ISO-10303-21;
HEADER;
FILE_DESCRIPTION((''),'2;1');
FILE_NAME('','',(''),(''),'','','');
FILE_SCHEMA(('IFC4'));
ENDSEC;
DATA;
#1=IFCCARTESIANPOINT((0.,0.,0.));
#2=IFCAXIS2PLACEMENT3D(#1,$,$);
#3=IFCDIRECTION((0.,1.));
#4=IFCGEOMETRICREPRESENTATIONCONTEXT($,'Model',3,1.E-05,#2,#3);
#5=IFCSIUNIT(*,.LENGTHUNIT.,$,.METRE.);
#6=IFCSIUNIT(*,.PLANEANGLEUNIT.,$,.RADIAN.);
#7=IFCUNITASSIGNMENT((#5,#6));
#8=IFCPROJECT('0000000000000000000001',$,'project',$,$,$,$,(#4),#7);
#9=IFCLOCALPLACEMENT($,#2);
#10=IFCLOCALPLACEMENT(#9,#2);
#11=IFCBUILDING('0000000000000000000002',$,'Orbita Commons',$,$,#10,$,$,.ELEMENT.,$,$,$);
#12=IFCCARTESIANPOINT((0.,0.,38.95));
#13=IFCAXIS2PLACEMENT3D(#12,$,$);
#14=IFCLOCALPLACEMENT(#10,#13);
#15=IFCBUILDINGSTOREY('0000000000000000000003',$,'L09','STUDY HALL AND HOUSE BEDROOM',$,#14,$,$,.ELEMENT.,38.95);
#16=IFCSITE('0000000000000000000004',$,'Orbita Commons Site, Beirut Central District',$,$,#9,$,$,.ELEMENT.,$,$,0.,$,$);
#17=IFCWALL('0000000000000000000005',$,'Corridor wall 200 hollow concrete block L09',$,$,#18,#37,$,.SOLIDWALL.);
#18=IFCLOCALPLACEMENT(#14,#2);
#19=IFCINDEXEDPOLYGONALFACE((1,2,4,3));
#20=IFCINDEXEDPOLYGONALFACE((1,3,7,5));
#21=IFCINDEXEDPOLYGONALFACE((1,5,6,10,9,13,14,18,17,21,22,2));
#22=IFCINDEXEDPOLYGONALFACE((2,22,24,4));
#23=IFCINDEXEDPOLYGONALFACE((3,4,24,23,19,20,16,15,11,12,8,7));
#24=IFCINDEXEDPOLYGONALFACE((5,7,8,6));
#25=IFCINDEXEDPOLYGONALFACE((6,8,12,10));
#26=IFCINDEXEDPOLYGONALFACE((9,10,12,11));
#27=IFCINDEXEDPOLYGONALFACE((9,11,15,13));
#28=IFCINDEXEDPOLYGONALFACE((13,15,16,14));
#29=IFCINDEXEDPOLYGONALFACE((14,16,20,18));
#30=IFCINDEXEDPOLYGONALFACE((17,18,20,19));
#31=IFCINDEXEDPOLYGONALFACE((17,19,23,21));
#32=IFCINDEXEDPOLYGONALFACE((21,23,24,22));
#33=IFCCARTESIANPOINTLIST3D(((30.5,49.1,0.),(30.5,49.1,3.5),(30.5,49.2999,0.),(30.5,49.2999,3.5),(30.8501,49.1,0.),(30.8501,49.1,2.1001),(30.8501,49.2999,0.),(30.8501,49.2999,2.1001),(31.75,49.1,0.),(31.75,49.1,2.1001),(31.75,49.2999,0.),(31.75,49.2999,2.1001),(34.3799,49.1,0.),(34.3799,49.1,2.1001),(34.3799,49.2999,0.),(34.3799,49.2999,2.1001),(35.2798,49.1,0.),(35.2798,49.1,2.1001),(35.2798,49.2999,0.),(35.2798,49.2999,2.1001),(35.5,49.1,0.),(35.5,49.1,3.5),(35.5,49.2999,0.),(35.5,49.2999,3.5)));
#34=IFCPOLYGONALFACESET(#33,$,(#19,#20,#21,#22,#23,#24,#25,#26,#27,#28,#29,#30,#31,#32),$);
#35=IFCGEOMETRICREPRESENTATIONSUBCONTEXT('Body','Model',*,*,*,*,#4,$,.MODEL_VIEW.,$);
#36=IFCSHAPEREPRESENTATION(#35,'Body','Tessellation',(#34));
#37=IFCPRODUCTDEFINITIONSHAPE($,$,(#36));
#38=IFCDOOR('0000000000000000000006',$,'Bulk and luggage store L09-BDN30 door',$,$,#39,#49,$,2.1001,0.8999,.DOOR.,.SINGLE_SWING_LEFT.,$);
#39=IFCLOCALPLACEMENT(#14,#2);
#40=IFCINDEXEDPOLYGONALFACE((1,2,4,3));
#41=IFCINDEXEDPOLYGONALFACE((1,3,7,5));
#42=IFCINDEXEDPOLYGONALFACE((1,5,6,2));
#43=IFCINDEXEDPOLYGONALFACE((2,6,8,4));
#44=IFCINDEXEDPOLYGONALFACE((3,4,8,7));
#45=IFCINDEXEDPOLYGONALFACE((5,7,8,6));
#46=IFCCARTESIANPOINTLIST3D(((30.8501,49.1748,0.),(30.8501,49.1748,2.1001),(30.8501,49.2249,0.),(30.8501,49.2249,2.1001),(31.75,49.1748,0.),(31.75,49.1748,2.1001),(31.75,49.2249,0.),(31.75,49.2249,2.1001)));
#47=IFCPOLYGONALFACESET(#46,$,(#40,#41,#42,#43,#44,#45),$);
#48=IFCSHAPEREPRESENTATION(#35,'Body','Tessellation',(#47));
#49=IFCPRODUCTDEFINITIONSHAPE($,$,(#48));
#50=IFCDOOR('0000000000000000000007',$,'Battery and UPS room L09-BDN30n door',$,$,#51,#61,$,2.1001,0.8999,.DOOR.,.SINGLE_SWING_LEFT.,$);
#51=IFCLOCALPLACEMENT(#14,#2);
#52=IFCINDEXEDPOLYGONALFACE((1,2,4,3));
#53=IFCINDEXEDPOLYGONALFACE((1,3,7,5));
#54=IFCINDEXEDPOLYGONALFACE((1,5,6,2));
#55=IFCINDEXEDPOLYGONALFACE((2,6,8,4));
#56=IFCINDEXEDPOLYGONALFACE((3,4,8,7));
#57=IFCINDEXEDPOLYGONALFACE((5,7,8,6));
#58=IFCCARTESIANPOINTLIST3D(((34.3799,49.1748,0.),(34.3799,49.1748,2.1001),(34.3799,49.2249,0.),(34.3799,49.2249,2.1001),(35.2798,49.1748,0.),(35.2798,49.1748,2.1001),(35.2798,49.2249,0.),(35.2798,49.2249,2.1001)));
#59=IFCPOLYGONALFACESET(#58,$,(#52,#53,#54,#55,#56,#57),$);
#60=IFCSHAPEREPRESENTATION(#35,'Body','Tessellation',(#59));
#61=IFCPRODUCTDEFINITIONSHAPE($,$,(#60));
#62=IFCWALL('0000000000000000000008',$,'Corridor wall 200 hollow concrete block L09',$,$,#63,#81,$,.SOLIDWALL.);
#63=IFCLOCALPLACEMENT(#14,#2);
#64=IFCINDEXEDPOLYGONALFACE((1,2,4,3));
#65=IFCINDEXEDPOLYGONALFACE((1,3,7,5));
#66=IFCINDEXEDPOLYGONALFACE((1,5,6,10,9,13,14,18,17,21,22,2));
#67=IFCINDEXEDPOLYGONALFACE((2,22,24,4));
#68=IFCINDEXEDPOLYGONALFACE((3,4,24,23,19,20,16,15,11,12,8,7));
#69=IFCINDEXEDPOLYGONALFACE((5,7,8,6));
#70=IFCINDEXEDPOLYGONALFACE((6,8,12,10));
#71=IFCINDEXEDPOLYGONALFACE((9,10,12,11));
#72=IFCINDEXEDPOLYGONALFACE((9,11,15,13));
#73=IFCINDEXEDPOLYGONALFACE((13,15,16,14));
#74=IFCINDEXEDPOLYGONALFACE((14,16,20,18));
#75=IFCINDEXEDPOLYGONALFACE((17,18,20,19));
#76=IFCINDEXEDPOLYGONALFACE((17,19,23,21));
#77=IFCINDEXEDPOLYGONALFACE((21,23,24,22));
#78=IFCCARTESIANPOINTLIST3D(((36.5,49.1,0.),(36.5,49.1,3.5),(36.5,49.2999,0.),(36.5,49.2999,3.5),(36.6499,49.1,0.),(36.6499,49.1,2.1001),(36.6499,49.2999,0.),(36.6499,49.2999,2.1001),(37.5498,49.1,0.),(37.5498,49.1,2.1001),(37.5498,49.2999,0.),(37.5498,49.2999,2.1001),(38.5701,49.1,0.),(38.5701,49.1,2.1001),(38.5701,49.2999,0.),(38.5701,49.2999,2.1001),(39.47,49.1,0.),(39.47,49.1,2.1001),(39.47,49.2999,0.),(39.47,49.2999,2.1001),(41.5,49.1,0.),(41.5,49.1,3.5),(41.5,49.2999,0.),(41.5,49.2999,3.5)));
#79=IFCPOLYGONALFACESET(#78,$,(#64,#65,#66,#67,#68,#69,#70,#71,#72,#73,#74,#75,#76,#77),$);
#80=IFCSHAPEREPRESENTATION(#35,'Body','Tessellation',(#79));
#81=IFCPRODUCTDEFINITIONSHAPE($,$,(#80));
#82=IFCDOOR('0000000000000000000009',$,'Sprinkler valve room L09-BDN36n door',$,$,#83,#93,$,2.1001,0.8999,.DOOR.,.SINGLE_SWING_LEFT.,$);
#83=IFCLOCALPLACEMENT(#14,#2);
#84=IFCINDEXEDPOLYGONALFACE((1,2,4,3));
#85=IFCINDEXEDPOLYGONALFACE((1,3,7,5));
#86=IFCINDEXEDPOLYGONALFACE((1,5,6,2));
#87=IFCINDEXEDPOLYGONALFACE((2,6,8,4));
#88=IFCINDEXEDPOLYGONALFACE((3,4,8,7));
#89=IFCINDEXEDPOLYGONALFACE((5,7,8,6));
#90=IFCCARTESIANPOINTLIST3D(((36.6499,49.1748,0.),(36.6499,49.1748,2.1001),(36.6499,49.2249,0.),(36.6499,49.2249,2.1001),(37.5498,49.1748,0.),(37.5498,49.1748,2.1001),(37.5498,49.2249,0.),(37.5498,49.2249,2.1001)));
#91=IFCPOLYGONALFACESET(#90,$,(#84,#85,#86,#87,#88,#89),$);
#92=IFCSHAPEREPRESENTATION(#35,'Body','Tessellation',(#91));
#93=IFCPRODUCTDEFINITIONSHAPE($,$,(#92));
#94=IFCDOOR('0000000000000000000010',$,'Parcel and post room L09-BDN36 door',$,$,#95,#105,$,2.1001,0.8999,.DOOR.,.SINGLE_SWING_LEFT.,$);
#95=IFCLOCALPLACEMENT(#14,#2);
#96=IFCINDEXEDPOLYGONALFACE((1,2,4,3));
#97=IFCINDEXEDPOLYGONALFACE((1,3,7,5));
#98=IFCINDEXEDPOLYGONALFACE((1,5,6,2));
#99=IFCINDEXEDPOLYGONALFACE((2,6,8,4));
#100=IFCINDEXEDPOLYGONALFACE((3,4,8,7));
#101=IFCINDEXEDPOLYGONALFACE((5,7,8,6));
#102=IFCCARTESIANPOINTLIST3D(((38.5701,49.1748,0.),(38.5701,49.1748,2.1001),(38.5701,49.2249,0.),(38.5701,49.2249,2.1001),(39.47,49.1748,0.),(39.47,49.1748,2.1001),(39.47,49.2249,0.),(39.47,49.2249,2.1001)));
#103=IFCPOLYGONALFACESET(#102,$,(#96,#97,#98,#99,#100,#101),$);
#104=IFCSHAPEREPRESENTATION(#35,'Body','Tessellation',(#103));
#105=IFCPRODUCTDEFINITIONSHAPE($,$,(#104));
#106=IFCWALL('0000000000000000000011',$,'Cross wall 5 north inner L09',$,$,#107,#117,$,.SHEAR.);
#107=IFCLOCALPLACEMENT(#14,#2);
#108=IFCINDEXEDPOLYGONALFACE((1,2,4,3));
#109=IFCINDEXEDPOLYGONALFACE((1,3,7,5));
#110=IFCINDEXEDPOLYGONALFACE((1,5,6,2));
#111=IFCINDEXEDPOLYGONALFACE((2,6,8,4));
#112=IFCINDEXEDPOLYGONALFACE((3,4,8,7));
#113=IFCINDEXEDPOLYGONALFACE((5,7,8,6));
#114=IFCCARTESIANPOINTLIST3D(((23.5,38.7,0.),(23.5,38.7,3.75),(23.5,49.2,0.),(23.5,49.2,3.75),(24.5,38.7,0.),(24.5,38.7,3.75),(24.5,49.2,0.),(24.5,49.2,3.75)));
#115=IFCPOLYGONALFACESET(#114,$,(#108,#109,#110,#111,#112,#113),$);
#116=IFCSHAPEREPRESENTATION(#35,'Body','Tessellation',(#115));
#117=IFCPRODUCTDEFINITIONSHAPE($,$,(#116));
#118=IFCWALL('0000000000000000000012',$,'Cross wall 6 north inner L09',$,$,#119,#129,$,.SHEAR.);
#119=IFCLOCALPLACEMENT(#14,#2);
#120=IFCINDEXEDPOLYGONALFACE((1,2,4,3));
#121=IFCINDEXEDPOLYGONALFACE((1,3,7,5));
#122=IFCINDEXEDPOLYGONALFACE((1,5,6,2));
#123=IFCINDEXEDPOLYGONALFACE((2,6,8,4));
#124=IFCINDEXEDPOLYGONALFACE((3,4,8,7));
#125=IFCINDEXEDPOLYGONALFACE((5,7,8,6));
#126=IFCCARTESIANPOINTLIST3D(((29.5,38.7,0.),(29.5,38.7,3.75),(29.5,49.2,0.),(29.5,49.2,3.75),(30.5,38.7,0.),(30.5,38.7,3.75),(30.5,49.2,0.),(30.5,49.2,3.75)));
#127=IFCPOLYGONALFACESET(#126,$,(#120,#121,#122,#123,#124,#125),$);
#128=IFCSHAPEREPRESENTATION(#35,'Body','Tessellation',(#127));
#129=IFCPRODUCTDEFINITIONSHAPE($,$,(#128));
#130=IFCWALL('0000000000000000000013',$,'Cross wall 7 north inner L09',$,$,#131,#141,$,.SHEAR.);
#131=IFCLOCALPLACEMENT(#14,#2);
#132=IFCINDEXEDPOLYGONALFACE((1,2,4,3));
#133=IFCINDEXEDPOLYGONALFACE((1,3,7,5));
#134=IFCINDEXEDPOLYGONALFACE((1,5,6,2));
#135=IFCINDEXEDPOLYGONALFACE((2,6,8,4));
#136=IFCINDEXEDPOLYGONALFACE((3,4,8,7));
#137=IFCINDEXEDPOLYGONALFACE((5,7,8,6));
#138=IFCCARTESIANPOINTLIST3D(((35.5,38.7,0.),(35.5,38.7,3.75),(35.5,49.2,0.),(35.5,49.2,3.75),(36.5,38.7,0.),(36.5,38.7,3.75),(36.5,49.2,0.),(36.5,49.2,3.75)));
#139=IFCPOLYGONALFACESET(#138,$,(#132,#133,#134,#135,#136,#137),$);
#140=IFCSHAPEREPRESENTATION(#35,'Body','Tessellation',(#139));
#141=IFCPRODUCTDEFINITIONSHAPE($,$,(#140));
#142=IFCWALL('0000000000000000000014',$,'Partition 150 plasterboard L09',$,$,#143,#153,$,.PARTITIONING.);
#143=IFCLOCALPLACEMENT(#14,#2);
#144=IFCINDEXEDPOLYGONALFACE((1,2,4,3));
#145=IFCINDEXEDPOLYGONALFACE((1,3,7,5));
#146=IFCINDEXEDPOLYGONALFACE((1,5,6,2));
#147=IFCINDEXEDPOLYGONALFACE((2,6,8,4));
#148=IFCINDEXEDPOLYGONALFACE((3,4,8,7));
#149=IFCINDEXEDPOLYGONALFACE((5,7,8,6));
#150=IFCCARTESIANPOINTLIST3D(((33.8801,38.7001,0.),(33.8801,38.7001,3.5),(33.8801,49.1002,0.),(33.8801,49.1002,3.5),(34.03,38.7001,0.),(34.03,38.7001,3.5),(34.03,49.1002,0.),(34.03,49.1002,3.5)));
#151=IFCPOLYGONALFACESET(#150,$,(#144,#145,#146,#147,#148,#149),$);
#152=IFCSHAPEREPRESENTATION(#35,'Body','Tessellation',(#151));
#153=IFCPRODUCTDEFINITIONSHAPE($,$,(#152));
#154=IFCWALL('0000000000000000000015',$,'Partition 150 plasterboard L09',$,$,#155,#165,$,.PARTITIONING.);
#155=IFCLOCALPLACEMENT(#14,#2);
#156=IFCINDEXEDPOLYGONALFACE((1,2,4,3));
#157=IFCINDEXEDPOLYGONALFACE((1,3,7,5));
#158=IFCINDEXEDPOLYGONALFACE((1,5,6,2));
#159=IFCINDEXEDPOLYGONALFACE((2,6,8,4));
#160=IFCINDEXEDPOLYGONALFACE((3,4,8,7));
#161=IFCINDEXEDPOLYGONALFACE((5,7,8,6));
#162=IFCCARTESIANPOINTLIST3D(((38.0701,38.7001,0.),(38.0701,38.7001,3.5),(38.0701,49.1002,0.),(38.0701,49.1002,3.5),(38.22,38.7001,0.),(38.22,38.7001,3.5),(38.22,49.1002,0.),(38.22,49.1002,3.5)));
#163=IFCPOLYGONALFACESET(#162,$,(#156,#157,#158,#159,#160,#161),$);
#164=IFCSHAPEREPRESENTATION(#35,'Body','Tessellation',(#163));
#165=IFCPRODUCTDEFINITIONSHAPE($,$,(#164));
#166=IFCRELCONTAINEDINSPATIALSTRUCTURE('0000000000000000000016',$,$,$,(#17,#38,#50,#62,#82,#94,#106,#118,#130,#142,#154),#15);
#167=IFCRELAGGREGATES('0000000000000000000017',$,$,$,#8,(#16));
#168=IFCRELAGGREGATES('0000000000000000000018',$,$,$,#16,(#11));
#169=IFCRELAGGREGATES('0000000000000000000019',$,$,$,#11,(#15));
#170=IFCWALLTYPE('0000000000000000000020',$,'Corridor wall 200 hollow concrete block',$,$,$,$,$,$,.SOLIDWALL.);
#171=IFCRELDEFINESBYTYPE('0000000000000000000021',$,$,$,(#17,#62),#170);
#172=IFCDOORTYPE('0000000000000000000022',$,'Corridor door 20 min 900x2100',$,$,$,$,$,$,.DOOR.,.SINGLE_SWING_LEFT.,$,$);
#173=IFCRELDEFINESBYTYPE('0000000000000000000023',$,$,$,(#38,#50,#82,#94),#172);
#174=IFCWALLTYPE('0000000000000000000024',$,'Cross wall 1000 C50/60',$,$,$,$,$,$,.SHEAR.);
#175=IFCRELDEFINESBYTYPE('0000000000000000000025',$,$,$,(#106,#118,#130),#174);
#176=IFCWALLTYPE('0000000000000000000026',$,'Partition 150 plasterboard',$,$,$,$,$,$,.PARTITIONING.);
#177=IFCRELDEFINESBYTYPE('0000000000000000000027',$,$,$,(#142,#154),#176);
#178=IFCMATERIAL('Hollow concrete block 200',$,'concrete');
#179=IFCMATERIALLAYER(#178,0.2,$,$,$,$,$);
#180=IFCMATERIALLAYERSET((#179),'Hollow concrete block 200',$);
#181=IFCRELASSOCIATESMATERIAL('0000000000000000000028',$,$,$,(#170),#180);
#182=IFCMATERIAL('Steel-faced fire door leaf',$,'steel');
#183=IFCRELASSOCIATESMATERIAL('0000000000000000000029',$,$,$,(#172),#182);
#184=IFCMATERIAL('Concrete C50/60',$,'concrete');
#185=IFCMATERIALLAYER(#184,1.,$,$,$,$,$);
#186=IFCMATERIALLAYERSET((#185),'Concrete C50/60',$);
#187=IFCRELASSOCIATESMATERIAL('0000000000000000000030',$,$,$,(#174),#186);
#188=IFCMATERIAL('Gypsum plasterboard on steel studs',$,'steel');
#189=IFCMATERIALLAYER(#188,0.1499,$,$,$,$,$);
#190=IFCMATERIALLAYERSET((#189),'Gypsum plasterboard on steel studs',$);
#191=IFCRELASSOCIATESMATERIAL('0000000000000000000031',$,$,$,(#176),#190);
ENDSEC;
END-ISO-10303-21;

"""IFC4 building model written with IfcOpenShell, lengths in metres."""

from ifc_helpers import new_model, si_unit, direction, frame, frame_2d, origin, place, context, subcontext, project, spatial, rectangle, extrude, material, layer, layer_set, type_object, element, fill, save


model = new_model("IFC4")

# Units and contexts
model_context = context("Model", 3, precision=1e-05, world=origin(), true_north=direction((0.0, 1.0)))
body_context = subcontext(model_context, "Body", "Model", "MODEL_VIEW")
ifc_project = project(units=[si_unit("LENGTHUNIT", "METRE"), si_unit("PLANEANGLEUNIT", "RADIAN")], contexts=[model_context])

# Site, building, storey
site_placement = place(None, origin())
site = spatial("IfcSite", under=ifc_project, at=site_placement, Name="Orbita Commons Site, Beirut Central District", CompositionType="ELEMENT", RefElevation=0.0)
building_placement = place(site_placement, origin())
building = spatial("IfcBuilding", under=site, at=building_placement, Name="Orbita Commons", CompositionType="ELEMENT")
storey_placement = place(building_placement, frame((0.0, 0.0, 38.95)))
storey = spatial("IfcBuildingStorey", under=building, at=storey_placement, Name="L09", Description="STUDY HALL AND HOUSE BEDROOM", CompositionType="ELEMENT", Elevation=38.95)

# Shared definitions
ifc_material_1 = material(Name="Hollow concrete block 200", Category="concrete")
ifc_layer_1 = layer(ifc_material_1, 0.2)
ifc_layer_set_1 = layer_set([ifc_layer_1], Name="Hollow concrete block 200")
wall_type_1 = type_object("IfcWallType", Name="Corridor wall 200 hollow concrete block", PredefinedType="SOLIDWALL", material=ifc_layer_set_1)

# Walls, openings, doors
wall_1_placement = place(storey_placement, frame((30.5, 49.2, 0.0), z_axis=(0.0, 0.0, 1.0), x_axis=(1.0, 0.0, 0.0)))
wall_1 = element("IfcWall", 1, at=wall_1_placement, inside=storey, type_object=wall_type_1, Name="Corridor wall 200 hollow concrete block L09", PredefinedType="SOLIDWALL", context=body_context, shape_type="SweptSolid", body=[
    extrude(rectangle(XDim=5.0, YDim=0.2, at=frame_2d((2.5, 0.0))), origin(), (0.0, 0.0, 1.0), 3.5),
])
opening_1_placement = place(wall_1_placement, frame((0.3501, 0.0, 0.0)))
opening_1 = element("IfcOpeningElement", 2, at=opening_1_placement, cuts=wall_1, PredefinedType="OPENING", context=body_context, shape_type="SweptSolid", body=[
    extrude(rectangle(XDim=0.8999, YDim=2.1001, at=frame_2d((0.45, 1.05))), frame((0.0, 0.1099, 0.0), z_axis=(0.0, -1.0, 0.0), x_axis=(1.0, 0.0, 0.0)), (0.0, 0.0, 1.0), 0.22),
])
opening_2_placement = place(wall_1_placement, frame((3.8799, 0.0, 0.0)))
opening_2 = element("IfcOpeningElement", 3, at=opening_2_placement, cuts=wall_1, PredefinedType="OPENING", context=body_context, shape_type="SweptSolid", body=[
    extrude(rectangle(XDim=0.8999, YDim=2.1001, at=frame_2d((0.45, 1.05))), frame((0.0, 0.1099, 0.0), z_axis=(0.0, -1.0, 0.0), x_axis=(1.0, 0.0, 0.0)), (0.0, 0.0, 1.0), 0.22),
])
ifc_material_2 = material(Name="Steel-faced fire door leaf", Category="steel")
door_type_1 = type_object("IfcDoorType", Name="Corridor door 20 min 900x2100", OperationType="SINGLE_SWING_LEFT", PredefinedType="DOOR", material=ifc_material_2)
door_1_placement = place(opening_1_placement, origin())
door_1 = element("IfcDoor", 4, at=door_1_placement, inside=storey, type_object=door_type_1, Name="Bulk and luggage store L09-BDN30 door", OperationType="SINGLE_SWING_LEFT", OverallHeight=2.1001, OverallWidth=0.8999, PredefinedType="DOOR", context=body_context, shape_type="SweptSolid", body=[
    extrude(rectangle(XDim=0.8999, YDim=2.1001, at=frame_2d((0.45, 1.05))), frame((0.0, 0.0249, 0.0), z_axis=(0.0, -1.0, 0.0), x_axis=(1.0, 0.0, 0.0)), (0.0, 0.0, 1.0), 0.05),
])
fill(opening_1, door_1)
door_2_placement = place(opening_2_placement, origin())
door_2 = element("IfcDoor", 5, at=door_2_placement, inside=storey, type_object=door_type_1, Name="Battery and UPS room L09-BDN30n door", OperationType="SINGLE_SWING_LEFT", OverallHeight=2.1001, OverallWidth=0.8999, PredefinedType="DOOR", context=body_context, shape_type="SweptSolid", body=[
    extrude(rectangle(XDim=0.8999, YDim=2.1001, at=frame_2d((0.45, 1.05))), frame((0.0, 0.0249, 0.0), z_axis=(0.0, -1.0, 0.0), x_axis=(1.0, 0.0, 0.0)), (0.0, 0.0, 1.0), 0.05),
])
fill(opening_2, door_2)
wall_2_placement = place(storey_placement, frame((36.5, 49.2, 0.0), z_axis=(0.0, 0.0, 1.0), x_axis=(1.0, 0.0, 0.0)))
wall_2 = element("IfcWall", 6, at=wall_2_placement, inside=storey, type_object=wall_type_1, Name="Corridor wall 200 hollow concrete block L09", PredefinedType="SOLIDWALL", context=body_context, shape_type="SweptSolid", body=[
    extrude(rectangle(XDim=5.0, YDim=0.2, at=frame_2d((2.5, 0.0))), origin(), (0.0, 0.0, 1.0), 3.5),
])
opening_3_placement = place(wall_2_placement, frame((0.1499, 0.0, 0.0)))
opening_3 = element("IfcOpeningElement", 7, at=opening_3_placement, cuts=wall_2, PredefinedType="OPENING", context=body_context, shape_type="SweptSolid", body=[
    extrude(rectangle(XDim=0.8999, YDim=2.1001, at=frame_2d((0.45, 1.05))), frame((0.0, 0.1099, 0.0), z_axis=(0.0, -1.0, 0.0), x_axis=(1.0, 0.0, 0.0)), (0.0, 0.0, 1.0), 0.22),
])
opening_4_placement = place(wall_2_placement, frame((2.0701, 0.0, 0.0)))
opening_4 = element("IfcOpeningElement", 8, at=opening_4_placement, cuts=wall_2, PredefinedType="OPENING", context=body_context, shape_type="SweptSolid", body=[
    extrude(rectangle(XDim=0.8999, YDim=2.1001, at=frame_2d((0.45, 1.05))), frame((0.0, 0.1099, 0.0), z_axis=(0.0, -1.0, 0.0), x_axis=(1.0, 0.0, 0.0)), (0.0, 0.0, 1.0), 0.22),
])
door_3_placement = place(opening_3_placement, origin())
door_3 = element("IfcDoor", 9, at=door_3_placement, inside=storey, type_object=door_type_1, Name="Sprinkler valve room L09-BDN36n door", OperationType="SINGLE_SWING_LEFT", OverallHeight=2.1001, OverallWidth=0.8999, PredefinedType="DOOR", context=body_context, shape_type="SweptSolid", body=[
    extrude(rectangle(XDim=0.8999, YDim=2.1001, at=frame_2d((0.45, 1.05))), frame((0.0, 0.0249, 0.0), z_axis=(0.0, -1.0, 0.0), x_axis=(1.0, 0.0, 0.0)), (0.0, 0.0, 1.0), 0.05),
])
fill(opening_3, door_3)
door_4_placement = place(opening_4_placement, origin())
door_4 = element("IfcDoor", 10, at=door_4_placement, inside=storey, type_object=door_type_1, Name="Parcel and post room L09-BDN36 door", OperationType="SINGLE_SWING_LEFT", OverallHeight=2.1001, OverallWidth=0.8999, PredefinedType="DOOR", context=body_context, shape_type="SweptSolid", body=[
    extrude(rectangle(XDim=0.8999, YDim=2.1001, at=frame_2d((0.45, 1.05))), frame((0.0, 0.0249, 0.0), z_axis=(0.0, -1.0, 0.0), x_axis=(1.0, 0.0, 0.0)), (0.0, 0.0, 1.0), 0.05),
])
fill(opening_4, door_4)

# Walls
ifc_material_3 = material(Name="Concrete C50/60", Category="concrete")
ifc_layer_2 = layer(ifc_material_3, 1.0)
ifc_layer_set_2 = layer_set([ifc_layer_2], Name="Concrete C50/60")
wall_type_2 = type_object("IfcWallType", Name="Cross wall 1000 C50/60", PredefinedType="SHEAR", material=ifc_layer_set_2)
for number, where, z_axis, x_axis, name in (
    (11, (24.0, 38.7, 0.0), (0.0, 0.0, 1.0), (0.0, 1.0, 0.0), "Cross wall 5 north inner L09"),
    (12, (30.0, 38.7, 0.0), (0.0, 0.0, 1.0), (0.0, 1.0, 0.0), "Cross wall 6 north inner L09"),
    (13, (36.0, 38.7, 0.0), (0.0, 0.0, 1.0), (0.0, 1.0, 0.0), "Cross wall 7 north inner L09"),
):
    element("IfcWall", number, at=place(storey_placement, frame(where, z_axis=z_axis, x_axis=x_axis)), inside=storey, type_object=wall_type_2, Name=name, PredefinedType="SHEAR", context=body_context, shape_type="SweptSolid", body=[
        extrude(rectangle(XDim=10.5, YDim=1.0, at=frame_2d((5.25, 0.0))), origin(), (0.0, 0.0, 1.0), 3.75),
    ])
ifc_material_4 = material(Name="Gypsum plasterboard on steel studs", Category="steel")
ifc_layer_3 = layer(ifc_material_4, 0.1499)
ifc_layer_set_3 = layer_set([ifc_layer_3], Name="Gypsum plasterboard on steel studs")
wall_type_3 = type_object("IfcWallType", Name="Partition 150 plasterboard", PredefinedType="PARTITIONING", material=ifc_layer_set_3)
for number, where, z_axis, x_axis, name in (
    (14, (33.9551, 38.7, 0.0), (0.0, 0.0, 1.0), (0.0, 1.0, 0.0), "Partition 150 plasterboard L09"),
    (15, (38.145, 38.7, 0.0), (0.0, 0.0, 1.0), (0.0, 1.0, 0.0), "Partition 150 plasterboard L09"),
):
    element("IfcWall", number, at=place(storey_placement, frame(where, z_axis=z_axis, x_axis=x_axis)), inside=storey, type_object=wall_type_3, Name=name, PredefinedType="PARTITIONING", context=body_context, shape_type="SweptSolid", body=[
        extrude(rectangle(XDim=10.4001, YDim=0.1499, at=frame_2d((5.2002, 0.0))), origin(), (0.0, 0.0, 1.0), 3.5),
    ])

save(model, "model.ifc")
